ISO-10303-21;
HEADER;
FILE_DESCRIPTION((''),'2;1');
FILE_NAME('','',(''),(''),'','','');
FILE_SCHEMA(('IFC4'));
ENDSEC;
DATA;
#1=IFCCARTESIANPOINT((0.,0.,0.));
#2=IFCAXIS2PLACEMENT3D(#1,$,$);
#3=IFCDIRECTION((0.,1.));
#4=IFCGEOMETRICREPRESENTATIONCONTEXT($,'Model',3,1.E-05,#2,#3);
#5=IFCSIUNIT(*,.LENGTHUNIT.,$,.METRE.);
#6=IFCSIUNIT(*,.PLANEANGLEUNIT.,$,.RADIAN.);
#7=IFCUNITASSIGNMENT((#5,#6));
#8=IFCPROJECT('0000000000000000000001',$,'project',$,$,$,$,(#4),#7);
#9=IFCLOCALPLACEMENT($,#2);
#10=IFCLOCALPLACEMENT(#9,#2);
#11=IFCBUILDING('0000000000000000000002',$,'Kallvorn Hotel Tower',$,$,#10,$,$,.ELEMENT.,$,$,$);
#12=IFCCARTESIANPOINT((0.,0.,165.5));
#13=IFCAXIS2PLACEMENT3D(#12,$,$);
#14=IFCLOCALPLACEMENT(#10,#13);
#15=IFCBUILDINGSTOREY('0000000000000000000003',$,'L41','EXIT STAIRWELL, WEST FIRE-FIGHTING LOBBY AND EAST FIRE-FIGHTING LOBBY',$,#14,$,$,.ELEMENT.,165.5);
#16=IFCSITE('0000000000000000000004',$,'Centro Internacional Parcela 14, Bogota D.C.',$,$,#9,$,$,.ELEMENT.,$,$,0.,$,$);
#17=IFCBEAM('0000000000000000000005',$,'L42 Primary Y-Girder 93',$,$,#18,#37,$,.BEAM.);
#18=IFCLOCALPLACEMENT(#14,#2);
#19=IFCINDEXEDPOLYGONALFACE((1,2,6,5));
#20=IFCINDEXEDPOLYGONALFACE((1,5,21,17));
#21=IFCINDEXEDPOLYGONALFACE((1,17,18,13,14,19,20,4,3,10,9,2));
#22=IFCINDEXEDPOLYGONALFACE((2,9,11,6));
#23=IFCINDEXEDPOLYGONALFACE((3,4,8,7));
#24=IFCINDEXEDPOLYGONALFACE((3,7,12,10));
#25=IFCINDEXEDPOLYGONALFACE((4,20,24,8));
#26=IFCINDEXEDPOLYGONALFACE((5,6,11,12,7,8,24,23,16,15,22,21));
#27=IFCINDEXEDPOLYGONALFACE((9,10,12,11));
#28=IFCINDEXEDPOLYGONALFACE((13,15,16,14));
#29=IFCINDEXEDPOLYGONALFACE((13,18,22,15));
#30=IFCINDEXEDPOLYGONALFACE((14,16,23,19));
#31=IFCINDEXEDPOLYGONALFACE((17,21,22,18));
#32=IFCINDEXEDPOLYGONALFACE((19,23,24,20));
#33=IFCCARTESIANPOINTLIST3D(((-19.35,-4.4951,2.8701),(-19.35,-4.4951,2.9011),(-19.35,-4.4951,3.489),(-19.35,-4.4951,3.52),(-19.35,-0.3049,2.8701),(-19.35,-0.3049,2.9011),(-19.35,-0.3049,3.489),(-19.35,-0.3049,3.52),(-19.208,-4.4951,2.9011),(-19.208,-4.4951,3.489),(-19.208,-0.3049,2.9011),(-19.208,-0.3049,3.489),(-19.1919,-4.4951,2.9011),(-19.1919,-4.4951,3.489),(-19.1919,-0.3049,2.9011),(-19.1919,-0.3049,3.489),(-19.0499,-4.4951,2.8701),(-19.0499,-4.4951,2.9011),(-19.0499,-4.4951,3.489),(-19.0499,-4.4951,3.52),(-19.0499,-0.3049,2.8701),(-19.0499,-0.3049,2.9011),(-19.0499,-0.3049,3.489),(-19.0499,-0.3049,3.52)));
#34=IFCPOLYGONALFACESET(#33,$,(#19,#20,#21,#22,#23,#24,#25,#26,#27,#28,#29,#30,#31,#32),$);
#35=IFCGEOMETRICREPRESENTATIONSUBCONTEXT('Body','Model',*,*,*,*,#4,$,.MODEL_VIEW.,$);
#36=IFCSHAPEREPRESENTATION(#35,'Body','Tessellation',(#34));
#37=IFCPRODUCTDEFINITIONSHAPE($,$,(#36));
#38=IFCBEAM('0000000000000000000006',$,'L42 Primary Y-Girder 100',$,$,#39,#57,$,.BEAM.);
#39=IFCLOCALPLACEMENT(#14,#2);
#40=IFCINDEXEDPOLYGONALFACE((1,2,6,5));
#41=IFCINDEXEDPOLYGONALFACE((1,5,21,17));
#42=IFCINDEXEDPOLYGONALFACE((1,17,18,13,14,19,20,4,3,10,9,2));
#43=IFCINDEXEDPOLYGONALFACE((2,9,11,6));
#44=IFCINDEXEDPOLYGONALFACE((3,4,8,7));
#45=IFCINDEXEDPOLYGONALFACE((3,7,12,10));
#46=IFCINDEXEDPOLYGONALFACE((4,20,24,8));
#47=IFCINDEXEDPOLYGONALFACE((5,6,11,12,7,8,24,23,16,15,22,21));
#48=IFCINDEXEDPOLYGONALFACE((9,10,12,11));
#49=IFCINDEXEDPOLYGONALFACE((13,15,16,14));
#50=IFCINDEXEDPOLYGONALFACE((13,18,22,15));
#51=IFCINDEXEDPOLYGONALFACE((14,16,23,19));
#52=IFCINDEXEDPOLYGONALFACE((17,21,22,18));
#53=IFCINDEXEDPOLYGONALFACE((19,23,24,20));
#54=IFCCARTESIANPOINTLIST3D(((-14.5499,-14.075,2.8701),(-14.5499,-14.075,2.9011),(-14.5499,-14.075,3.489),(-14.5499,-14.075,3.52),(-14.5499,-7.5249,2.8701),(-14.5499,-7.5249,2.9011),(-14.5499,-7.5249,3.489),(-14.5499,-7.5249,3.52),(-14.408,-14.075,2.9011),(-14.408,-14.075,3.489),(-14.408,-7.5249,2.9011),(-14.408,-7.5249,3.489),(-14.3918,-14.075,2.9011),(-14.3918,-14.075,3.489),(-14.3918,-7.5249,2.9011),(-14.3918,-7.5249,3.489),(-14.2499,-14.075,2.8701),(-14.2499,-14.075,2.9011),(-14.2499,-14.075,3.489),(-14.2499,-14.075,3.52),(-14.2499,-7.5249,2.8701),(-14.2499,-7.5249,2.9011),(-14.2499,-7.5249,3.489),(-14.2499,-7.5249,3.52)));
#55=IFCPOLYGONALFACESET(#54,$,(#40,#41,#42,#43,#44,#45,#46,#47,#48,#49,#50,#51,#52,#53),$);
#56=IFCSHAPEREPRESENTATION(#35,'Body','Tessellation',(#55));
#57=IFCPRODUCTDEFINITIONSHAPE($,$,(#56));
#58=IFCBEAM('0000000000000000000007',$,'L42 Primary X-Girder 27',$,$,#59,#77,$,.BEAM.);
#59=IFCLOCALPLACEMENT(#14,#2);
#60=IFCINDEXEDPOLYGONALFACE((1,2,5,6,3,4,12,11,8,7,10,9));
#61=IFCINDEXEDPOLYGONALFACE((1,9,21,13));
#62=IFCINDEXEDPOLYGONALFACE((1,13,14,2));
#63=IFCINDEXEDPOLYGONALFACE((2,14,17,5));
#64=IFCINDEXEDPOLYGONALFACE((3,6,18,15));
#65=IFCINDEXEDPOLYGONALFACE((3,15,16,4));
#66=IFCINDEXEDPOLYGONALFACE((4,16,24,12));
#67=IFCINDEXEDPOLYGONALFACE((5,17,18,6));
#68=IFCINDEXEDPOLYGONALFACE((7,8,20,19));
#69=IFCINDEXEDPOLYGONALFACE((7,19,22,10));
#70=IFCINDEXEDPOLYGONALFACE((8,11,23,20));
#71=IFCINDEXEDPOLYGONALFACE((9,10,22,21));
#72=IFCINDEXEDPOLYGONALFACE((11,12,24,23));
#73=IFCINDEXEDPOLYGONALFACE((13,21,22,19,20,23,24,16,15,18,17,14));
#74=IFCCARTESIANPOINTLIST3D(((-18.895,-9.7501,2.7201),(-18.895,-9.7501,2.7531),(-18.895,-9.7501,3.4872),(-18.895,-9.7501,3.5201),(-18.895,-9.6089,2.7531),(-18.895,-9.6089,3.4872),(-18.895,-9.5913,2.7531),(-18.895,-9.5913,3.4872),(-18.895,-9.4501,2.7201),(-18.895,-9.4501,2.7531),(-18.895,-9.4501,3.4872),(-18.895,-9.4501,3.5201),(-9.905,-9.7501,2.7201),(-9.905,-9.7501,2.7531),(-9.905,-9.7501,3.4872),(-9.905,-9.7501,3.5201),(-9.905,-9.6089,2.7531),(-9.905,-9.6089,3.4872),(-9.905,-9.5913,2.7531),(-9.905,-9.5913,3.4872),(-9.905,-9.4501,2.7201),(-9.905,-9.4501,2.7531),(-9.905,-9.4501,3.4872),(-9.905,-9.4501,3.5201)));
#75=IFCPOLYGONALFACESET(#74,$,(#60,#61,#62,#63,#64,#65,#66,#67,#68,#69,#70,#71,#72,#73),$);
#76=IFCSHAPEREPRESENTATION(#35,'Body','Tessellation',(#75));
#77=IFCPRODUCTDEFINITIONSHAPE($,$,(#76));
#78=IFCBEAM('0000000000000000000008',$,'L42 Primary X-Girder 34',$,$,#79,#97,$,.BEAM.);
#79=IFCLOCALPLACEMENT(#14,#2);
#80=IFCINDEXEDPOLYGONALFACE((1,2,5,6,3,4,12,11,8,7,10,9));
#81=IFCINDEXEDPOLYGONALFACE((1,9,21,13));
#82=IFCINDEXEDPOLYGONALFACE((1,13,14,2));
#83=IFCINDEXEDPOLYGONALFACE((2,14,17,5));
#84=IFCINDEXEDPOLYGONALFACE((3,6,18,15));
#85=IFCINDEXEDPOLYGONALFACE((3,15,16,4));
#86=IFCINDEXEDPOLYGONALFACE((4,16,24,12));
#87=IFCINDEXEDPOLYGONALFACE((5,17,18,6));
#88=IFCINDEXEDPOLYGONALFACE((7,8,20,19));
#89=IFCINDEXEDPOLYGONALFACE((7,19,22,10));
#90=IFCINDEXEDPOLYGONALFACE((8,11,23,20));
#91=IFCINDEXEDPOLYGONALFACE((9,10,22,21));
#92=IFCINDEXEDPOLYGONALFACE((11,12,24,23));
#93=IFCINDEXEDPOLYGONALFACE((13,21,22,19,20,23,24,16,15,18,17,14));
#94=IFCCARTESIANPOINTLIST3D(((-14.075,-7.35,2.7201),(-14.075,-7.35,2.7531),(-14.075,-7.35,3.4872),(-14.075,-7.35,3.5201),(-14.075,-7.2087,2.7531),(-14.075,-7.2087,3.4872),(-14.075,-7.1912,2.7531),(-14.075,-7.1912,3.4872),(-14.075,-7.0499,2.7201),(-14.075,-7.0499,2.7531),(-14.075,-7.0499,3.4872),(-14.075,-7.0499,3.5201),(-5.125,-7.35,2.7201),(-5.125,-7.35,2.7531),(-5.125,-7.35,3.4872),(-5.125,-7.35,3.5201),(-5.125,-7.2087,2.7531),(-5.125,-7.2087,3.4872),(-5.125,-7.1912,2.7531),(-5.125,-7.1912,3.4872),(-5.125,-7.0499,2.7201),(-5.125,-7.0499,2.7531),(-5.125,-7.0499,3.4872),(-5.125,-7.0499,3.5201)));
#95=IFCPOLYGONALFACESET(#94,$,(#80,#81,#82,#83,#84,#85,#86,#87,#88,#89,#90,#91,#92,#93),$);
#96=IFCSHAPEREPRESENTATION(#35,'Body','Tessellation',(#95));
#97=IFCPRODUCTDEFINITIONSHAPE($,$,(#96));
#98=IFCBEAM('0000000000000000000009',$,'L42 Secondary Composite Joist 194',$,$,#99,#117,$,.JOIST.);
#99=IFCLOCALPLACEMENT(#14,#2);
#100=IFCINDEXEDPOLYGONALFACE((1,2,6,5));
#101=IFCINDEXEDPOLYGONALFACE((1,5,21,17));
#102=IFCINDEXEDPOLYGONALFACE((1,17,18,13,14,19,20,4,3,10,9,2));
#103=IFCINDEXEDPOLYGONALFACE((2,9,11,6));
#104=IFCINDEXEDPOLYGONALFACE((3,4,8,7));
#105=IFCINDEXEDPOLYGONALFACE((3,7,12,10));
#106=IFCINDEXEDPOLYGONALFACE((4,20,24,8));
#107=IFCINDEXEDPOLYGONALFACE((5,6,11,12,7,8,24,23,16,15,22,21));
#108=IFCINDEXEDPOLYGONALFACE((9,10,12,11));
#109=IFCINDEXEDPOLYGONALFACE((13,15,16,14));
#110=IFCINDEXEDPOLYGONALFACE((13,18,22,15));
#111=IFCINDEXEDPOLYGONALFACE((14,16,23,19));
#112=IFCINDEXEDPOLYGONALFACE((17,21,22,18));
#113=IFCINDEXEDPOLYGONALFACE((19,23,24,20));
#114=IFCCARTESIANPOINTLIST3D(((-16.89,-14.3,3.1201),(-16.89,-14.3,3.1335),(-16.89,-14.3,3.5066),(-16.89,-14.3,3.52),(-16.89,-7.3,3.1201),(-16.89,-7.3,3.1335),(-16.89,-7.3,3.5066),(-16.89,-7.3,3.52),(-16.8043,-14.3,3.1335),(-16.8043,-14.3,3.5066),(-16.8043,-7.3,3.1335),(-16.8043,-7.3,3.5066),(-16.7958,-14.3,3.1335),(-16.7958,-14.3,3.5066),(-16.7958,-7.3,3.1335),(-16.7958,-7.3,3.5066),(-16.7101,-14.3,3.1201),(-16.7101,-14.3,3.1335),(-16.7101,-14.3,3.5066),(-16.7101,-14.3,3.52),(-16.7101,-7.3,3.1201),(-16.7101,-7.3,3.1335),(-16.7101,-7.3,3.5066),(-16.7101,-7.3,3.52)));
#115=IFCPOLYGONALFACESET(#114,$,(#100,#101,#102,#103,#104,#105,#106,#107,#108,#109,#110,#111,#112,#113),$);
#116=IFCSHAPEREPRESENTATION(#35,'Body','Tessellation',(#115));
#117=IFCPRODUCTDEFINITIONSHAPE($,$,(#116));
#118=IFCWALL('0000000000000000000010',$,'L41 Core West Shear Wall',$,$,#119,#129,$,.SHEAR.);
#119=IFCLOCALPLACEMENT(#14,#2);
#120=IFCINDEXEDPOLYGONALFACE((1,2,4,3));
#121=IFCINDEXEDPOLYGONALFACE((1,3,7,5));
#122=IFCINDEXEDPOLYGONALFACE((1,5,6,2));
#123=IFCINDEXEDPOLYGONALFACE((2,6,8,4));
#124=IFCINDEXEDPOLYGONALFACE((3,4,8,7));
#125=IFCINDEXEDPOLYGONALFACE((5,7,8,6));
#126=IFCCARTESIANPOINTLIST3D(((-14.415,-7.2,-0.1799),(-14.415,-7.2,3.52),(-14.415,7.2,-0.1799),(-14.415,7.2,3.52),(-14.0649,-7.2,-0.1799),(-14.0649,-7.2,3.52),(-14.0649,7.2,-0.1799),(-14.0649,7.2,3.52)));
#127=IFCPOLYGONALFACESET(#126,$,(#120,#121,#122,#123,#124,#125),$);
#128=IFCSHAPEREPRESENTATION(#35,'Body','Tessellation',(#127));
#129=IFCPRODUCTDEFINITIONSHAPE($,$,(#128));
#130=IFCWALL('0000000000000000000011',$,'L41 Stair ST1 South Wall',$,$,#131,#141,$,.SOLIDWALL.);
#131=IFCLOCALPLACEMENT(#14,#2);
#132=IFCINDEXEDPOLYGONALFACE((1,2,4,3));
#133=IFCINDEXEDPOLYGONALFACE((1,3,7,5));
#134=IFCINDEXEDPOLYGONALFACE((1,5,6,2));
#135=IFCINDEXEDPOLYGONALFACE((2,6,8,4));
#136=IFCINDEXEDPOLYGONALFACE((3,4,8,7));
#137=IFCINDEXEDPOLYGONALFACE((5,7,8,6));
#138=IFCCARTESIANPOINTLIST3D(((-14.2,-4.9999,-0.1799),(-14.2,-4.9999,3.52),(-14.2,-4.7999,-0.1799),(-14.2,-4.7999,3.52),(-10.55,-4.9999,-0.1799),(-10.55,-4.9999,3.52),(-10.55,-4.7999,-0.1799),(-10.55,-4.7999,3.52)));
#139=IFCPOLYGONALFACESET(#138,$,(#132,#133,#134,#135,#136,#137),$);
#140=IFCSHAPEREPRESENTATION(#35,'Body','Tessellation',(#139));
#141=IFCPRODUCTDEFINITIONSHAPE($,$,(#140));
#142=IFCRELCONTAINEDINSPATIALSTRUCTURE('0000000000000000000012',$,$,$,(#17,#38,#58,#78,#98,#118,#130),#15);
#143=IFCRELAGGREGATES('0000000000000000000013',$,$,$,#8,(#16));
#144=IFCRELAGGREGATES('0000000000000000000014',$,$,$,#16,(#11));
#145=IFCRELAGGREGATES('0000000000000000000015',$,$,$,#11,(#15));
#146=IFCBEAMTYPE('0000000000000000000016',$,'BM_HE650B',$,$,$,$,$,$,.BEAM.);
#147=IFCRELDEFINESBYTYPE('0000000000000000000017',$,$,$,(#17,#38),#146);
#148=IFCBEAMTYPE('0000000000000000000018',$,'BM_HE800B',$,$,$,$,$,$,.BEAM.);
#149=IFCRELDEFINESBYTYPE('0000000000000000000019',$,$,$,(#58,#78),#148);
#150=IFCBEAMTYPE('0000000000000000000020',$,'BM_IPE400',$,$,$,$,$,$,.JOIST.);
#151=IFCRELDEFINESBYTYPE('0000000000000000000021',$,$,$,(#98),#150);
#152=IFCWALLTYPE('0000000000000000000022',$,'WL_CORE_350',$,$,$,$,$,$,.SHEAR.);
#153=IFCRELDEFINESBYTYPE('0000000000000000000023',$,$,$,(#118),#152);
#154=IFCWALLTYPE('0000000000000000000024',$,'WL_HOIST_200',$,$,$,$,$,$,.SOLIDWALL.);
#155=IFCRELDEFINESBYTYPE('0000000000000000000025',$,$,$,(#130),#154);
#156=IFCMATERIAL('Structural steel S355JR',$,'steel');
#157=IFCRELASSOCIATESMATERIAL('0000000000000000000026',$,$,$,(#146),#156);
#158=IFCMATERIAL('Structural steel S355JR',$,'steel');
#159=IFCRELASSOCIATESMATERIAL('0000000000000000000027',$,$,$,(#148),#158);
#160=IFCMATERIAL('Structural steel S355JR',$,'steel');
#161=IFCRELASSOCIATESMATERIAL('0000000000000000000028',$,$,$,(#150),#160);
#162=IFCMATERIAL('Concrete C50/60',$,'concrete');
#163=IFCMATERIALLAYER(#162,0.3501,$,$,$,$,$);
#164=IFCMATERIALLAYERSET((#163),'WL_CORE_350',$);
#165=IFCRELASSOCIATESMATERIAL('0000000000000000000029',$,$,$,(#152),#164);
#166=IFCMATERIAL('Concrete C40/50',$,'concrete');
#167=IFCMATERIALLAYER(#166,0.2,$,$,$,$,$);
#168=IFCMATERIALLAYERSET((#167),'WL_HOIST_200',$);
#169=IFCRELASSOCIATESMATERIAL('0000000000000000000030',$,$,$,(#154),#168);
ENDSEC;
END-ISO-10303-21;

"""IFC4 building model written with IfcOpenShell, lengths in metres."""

from ifc_helpers import new_model, si_unit, direction, frame, frame_2d, origin, origin_2d, place, context, subcontext, project, spatial, rectangle, i_section, extrude, material, layer, layer_set, material_profile, profile_set, type_object, element, save


model = new_model("IFC4")

# Units and contexts
model_context = context("Model", 3, precision=1e-05, world=origin(), true_north=direction((0.0, 1.0)))
body_context = subcontext(model_context, "Body", "Model", "MODEL_VIEW")
ifc_project = project(units=[si_unit("LENGTHUNIT", "METRE"), si_unit("PLANEANGLEUNIT", "RADIAN")], contexts=[model_context])

# Site, building, storey
site_placement = place(None, origin())
site = spatial("IfcSite", under=ifc_project, at=site_placement, Name="Centro Internacional Parcela 14, Bogota D.C.", CompositionType="ELEMENT", RefElevation=0.0)
building_placement = place(site_placement, origin())
building = spatial("IfcBuilding", under=site, at=building_placement, Name="Kallvorn Hotel Tower", CompositionType="ELEMENT")
storey_placement = place(building_placement, frame((0.0, 0.0, 165.5)))
storey = spatial("IfcBuildingStorey", under=building, at=storey_placement, Name="L41", Description="EXIT STAIRWELL, WEST FIRE-FIGHTING LOBBY AND EAST FIRE-FIGHTING LOBBY", CompositionType="ELEMENT", Elevation=165.5)

# Beams
ifc_material_1 = material(Name="Structural steel S355JR", Category="steel")
ifc_material_profile_1 = material_profile(ifc_material_1, i_section(OverallWidth=0.3, OverallDepth=0.6499, WebThickness=0.0161, FlangeThickness=0.031, at=origin_2d()), Name="HE 650 B")
ifc_profile_set_1 = profile_set([ifc_material_profile_1], Name="Structural steel S355JR")
beam_type_1 = type_object("IfcBeamType", Name="BM_HE650B", PredefinedType="BEAM", material=ifc_profile_set_1)
beam_1_placement = place(storey_placement, frame((-19.2, -4.4951, 3.1951), z_axis=(0.0, 1.0, 0.0), x_axis=(-1.0, 0.0, 0.0)))
element("IfcBeam", 1, at=beam_1_placement, inside=storey, type_object=beam_type_1, Name="L42 Primary Y-Girder 93", PredefinedType="BEAM", context=body_context, shape_type="SweptSolid", body=[
    extrude(i_section(OverallWidth=0.3, OverallDepth=0.6499, WebThickness=0.0161, FlangeThickness=0.031, at=origin_2d()), origin(), (0.0, 0.0, 1.0), 4.1902),
])
beam_2_placement = place(storey_placement, frame((-14.3999, -14.075, 3.1951), z_axis=(0.0, 1.0, 0.0), x_axis=(-1.0, 0.0, 0.0)))
element("IfcBeam", 2, at=beam_2_placement, inside=storey, type_object=beam_type_1, Name="L42 Primary Y-Girder 100", PredefinedType="BEAM", context=body_context, shape_type="SweptSolid", body=[
    extrude(i_section(OverallWidth=0.3, OverallDepth=0.6499, WebThickness=0.0161, FlangeThickness=0.031, at=origin_2d()), origin(), (0.0, 0.0, 1.0), 6.55),
])
ifc_material_2 = material(Name="Structural steel S355JR", Category="steel")
ifc_material_profile_2 = material_profile(ifc_material_2, i_section(OverallWidth=0.3, OverallDepth=0.8, WebThickness=0.0176, FlangeThickness=0.033, at=origin_2d()), Name="HE 800 B")
ifc_profile_set_2 = profile_set([ifc_material_profile_2], Name="Structural steel S355JR")
beam_type_2 = type_object("IfcBeamType", Name="BM_HE800B", PredefinedType="BEAM", material=ifc_profile_set_2)
beam_3_placement = place(storey_placement, frame((-18.895, -9.6001, 3.1201), z_axis=(1.0, 0.0, 0.0), x_axis=(0.0, 1.0, 0.0)))
element("IfcBeam", 3, at=beam_3_placement, inside=storey, type_object=beam_type_2, Name="L42 Primary X-Girder 27", PredefinedType="BEAM", context=body_context, shape_type="SweptSolid", body=[
    extrude(i_section(OverallWidth=0.3, OverallDepth=0.8, WebThickness=0.0176, FlangeThickness=0.033, at=origin_2d()), origin(), (0.0, 0.0, 1.0), 8.99),
])
beam_4_placement = place(storey_placement, frame((-14.075, -7.2, 3.1201), z_axis=(1.0, 0.0, 0.0), x_axis=(0.0, 1.0, 0.0)))
element("IfcBeam", 4, at=beam_4_placement, inside=storey, type_object=beam_type_2, Name="L42 Primary X-Girder 34", PredefinedType="BEAM", context=body_context, shape_type="SweptSolid", body=[
    extrude(i_section(OverallWidth=0.3, OverallDepth=0.8, WebThickness=0.0176, FlangeThickness=0.033, at=origin_2d()), origin(), (0.0, 0.0, 1.0), 8.95),
])
ifc_material_3 = material(Name="Structural steel S355JR", Category="steel")
ifc_material_profile_3 = material_profile(ifc_material_3, i_section(OverallWidth=0.1799, OverallDepth=0.3999, WebThickness=0.0085, FlangeThickness=0.0134, at=origin_2d()), Name="IPE 400")
ifc_profile_set_3 = profile_set([ifc_material_profile_3], Name="Structural steel S355JR")
beam_type_3 = type_object("IfcBeamType", Name="BM_IPE400", PredefinedType="JOIST", material=ifc_profile_set_3)
beam_5_placement = place(storey_placement, frame((-16.8, -14.3, 3.3201), z_axis=(0.0, 1.0, 0.0), x_axis=(-1.0, 0.0, 0.0)))
element("IfcBeam", 5, at=beam_5_placement, inside=storey, type_object=beam_type_3, Name="L42 Secondary Composite Joist 194", PredefinedType="JOIST", context=body_context, shape_type="SweptSolid", body=[
    extrude(i_section(OverallWidth=0.1799, OverallDepth=0.3999, WebThickness=0.0085, FlangeThickness=0.0134, at=origin_2d()), origin(), (0.0, 0.0, 1.0), 7.0),
])

# Walls
ifc_material_4 = material(Name="Concrete C50/60", Category="concrete")
ifc_layer_1 = layer(ifc_material_4, 0.3501)
ifc_layer_set_1 = layer_set([ifc_layer_1], Name="WL_CORE_350")
wall_type_1 = type_object("IfcWallType", Name="WL_CORE_350", PredefinedType="SHEAR", material=ifc_layer_set_1)
wall_1_placement = place(storey_placement, frame((-14.24, -7.2, -0.1799), z_axis=(0.0, 0.0, 1.0), x_axis=(0.0, 1.0, 0.0)))
element("IfcWall", 6, at=wall_1_placement, inside=storey, type_object=wall_type_1, Name="L41 Core West Shear Wall", PredefinedType="SHEAR", context=body_context, shape_type="SweptSolid", body=[
    extrude(rectangle(XDim=14.3999, YDim=0.3501, at=frame_2d((7.2, 0.0))), origin(), (0.0, 0.0, 1.0), 3.7),
])
ifc_material_5 = material(Name="Concrete C40/50", Category="concrete")
ifc_layer_2 = layer(ifc_material_5, 0.2)
ifc_layer_set_2 = layer_set([ifc_layer_2], Name="WL_HOIST_200")
wall_type_2 = type_object("IfcWallType", Name="WL_HOIST_200", PredefinedType="SOLIDWALL", material=ifc_layer_set_2)
wall_2_placement = place(storey_placement, frame((-14.2, -4.8999, -0.1799), z_axis=(0.0, 0.0, 1.0), x_axis=(1.0, 0.0, 0.0)))
element("IfcWall", 7, at=wall_2_placement, inside=storey, type_object=wall_type_2, Name="L41 Stair ST1 South Wall", PredefinedType="SOLIDWALL", context=body_context, shape_type="SweptSolid", body=[
    extrude(rectangle(XDim=3.6499, YDim=0.2, at=frame_2d((1.825, 0.0))), origin(), (0.0, 0.0, 1.0), 3.7),
])

save(model, "model.ifc")
